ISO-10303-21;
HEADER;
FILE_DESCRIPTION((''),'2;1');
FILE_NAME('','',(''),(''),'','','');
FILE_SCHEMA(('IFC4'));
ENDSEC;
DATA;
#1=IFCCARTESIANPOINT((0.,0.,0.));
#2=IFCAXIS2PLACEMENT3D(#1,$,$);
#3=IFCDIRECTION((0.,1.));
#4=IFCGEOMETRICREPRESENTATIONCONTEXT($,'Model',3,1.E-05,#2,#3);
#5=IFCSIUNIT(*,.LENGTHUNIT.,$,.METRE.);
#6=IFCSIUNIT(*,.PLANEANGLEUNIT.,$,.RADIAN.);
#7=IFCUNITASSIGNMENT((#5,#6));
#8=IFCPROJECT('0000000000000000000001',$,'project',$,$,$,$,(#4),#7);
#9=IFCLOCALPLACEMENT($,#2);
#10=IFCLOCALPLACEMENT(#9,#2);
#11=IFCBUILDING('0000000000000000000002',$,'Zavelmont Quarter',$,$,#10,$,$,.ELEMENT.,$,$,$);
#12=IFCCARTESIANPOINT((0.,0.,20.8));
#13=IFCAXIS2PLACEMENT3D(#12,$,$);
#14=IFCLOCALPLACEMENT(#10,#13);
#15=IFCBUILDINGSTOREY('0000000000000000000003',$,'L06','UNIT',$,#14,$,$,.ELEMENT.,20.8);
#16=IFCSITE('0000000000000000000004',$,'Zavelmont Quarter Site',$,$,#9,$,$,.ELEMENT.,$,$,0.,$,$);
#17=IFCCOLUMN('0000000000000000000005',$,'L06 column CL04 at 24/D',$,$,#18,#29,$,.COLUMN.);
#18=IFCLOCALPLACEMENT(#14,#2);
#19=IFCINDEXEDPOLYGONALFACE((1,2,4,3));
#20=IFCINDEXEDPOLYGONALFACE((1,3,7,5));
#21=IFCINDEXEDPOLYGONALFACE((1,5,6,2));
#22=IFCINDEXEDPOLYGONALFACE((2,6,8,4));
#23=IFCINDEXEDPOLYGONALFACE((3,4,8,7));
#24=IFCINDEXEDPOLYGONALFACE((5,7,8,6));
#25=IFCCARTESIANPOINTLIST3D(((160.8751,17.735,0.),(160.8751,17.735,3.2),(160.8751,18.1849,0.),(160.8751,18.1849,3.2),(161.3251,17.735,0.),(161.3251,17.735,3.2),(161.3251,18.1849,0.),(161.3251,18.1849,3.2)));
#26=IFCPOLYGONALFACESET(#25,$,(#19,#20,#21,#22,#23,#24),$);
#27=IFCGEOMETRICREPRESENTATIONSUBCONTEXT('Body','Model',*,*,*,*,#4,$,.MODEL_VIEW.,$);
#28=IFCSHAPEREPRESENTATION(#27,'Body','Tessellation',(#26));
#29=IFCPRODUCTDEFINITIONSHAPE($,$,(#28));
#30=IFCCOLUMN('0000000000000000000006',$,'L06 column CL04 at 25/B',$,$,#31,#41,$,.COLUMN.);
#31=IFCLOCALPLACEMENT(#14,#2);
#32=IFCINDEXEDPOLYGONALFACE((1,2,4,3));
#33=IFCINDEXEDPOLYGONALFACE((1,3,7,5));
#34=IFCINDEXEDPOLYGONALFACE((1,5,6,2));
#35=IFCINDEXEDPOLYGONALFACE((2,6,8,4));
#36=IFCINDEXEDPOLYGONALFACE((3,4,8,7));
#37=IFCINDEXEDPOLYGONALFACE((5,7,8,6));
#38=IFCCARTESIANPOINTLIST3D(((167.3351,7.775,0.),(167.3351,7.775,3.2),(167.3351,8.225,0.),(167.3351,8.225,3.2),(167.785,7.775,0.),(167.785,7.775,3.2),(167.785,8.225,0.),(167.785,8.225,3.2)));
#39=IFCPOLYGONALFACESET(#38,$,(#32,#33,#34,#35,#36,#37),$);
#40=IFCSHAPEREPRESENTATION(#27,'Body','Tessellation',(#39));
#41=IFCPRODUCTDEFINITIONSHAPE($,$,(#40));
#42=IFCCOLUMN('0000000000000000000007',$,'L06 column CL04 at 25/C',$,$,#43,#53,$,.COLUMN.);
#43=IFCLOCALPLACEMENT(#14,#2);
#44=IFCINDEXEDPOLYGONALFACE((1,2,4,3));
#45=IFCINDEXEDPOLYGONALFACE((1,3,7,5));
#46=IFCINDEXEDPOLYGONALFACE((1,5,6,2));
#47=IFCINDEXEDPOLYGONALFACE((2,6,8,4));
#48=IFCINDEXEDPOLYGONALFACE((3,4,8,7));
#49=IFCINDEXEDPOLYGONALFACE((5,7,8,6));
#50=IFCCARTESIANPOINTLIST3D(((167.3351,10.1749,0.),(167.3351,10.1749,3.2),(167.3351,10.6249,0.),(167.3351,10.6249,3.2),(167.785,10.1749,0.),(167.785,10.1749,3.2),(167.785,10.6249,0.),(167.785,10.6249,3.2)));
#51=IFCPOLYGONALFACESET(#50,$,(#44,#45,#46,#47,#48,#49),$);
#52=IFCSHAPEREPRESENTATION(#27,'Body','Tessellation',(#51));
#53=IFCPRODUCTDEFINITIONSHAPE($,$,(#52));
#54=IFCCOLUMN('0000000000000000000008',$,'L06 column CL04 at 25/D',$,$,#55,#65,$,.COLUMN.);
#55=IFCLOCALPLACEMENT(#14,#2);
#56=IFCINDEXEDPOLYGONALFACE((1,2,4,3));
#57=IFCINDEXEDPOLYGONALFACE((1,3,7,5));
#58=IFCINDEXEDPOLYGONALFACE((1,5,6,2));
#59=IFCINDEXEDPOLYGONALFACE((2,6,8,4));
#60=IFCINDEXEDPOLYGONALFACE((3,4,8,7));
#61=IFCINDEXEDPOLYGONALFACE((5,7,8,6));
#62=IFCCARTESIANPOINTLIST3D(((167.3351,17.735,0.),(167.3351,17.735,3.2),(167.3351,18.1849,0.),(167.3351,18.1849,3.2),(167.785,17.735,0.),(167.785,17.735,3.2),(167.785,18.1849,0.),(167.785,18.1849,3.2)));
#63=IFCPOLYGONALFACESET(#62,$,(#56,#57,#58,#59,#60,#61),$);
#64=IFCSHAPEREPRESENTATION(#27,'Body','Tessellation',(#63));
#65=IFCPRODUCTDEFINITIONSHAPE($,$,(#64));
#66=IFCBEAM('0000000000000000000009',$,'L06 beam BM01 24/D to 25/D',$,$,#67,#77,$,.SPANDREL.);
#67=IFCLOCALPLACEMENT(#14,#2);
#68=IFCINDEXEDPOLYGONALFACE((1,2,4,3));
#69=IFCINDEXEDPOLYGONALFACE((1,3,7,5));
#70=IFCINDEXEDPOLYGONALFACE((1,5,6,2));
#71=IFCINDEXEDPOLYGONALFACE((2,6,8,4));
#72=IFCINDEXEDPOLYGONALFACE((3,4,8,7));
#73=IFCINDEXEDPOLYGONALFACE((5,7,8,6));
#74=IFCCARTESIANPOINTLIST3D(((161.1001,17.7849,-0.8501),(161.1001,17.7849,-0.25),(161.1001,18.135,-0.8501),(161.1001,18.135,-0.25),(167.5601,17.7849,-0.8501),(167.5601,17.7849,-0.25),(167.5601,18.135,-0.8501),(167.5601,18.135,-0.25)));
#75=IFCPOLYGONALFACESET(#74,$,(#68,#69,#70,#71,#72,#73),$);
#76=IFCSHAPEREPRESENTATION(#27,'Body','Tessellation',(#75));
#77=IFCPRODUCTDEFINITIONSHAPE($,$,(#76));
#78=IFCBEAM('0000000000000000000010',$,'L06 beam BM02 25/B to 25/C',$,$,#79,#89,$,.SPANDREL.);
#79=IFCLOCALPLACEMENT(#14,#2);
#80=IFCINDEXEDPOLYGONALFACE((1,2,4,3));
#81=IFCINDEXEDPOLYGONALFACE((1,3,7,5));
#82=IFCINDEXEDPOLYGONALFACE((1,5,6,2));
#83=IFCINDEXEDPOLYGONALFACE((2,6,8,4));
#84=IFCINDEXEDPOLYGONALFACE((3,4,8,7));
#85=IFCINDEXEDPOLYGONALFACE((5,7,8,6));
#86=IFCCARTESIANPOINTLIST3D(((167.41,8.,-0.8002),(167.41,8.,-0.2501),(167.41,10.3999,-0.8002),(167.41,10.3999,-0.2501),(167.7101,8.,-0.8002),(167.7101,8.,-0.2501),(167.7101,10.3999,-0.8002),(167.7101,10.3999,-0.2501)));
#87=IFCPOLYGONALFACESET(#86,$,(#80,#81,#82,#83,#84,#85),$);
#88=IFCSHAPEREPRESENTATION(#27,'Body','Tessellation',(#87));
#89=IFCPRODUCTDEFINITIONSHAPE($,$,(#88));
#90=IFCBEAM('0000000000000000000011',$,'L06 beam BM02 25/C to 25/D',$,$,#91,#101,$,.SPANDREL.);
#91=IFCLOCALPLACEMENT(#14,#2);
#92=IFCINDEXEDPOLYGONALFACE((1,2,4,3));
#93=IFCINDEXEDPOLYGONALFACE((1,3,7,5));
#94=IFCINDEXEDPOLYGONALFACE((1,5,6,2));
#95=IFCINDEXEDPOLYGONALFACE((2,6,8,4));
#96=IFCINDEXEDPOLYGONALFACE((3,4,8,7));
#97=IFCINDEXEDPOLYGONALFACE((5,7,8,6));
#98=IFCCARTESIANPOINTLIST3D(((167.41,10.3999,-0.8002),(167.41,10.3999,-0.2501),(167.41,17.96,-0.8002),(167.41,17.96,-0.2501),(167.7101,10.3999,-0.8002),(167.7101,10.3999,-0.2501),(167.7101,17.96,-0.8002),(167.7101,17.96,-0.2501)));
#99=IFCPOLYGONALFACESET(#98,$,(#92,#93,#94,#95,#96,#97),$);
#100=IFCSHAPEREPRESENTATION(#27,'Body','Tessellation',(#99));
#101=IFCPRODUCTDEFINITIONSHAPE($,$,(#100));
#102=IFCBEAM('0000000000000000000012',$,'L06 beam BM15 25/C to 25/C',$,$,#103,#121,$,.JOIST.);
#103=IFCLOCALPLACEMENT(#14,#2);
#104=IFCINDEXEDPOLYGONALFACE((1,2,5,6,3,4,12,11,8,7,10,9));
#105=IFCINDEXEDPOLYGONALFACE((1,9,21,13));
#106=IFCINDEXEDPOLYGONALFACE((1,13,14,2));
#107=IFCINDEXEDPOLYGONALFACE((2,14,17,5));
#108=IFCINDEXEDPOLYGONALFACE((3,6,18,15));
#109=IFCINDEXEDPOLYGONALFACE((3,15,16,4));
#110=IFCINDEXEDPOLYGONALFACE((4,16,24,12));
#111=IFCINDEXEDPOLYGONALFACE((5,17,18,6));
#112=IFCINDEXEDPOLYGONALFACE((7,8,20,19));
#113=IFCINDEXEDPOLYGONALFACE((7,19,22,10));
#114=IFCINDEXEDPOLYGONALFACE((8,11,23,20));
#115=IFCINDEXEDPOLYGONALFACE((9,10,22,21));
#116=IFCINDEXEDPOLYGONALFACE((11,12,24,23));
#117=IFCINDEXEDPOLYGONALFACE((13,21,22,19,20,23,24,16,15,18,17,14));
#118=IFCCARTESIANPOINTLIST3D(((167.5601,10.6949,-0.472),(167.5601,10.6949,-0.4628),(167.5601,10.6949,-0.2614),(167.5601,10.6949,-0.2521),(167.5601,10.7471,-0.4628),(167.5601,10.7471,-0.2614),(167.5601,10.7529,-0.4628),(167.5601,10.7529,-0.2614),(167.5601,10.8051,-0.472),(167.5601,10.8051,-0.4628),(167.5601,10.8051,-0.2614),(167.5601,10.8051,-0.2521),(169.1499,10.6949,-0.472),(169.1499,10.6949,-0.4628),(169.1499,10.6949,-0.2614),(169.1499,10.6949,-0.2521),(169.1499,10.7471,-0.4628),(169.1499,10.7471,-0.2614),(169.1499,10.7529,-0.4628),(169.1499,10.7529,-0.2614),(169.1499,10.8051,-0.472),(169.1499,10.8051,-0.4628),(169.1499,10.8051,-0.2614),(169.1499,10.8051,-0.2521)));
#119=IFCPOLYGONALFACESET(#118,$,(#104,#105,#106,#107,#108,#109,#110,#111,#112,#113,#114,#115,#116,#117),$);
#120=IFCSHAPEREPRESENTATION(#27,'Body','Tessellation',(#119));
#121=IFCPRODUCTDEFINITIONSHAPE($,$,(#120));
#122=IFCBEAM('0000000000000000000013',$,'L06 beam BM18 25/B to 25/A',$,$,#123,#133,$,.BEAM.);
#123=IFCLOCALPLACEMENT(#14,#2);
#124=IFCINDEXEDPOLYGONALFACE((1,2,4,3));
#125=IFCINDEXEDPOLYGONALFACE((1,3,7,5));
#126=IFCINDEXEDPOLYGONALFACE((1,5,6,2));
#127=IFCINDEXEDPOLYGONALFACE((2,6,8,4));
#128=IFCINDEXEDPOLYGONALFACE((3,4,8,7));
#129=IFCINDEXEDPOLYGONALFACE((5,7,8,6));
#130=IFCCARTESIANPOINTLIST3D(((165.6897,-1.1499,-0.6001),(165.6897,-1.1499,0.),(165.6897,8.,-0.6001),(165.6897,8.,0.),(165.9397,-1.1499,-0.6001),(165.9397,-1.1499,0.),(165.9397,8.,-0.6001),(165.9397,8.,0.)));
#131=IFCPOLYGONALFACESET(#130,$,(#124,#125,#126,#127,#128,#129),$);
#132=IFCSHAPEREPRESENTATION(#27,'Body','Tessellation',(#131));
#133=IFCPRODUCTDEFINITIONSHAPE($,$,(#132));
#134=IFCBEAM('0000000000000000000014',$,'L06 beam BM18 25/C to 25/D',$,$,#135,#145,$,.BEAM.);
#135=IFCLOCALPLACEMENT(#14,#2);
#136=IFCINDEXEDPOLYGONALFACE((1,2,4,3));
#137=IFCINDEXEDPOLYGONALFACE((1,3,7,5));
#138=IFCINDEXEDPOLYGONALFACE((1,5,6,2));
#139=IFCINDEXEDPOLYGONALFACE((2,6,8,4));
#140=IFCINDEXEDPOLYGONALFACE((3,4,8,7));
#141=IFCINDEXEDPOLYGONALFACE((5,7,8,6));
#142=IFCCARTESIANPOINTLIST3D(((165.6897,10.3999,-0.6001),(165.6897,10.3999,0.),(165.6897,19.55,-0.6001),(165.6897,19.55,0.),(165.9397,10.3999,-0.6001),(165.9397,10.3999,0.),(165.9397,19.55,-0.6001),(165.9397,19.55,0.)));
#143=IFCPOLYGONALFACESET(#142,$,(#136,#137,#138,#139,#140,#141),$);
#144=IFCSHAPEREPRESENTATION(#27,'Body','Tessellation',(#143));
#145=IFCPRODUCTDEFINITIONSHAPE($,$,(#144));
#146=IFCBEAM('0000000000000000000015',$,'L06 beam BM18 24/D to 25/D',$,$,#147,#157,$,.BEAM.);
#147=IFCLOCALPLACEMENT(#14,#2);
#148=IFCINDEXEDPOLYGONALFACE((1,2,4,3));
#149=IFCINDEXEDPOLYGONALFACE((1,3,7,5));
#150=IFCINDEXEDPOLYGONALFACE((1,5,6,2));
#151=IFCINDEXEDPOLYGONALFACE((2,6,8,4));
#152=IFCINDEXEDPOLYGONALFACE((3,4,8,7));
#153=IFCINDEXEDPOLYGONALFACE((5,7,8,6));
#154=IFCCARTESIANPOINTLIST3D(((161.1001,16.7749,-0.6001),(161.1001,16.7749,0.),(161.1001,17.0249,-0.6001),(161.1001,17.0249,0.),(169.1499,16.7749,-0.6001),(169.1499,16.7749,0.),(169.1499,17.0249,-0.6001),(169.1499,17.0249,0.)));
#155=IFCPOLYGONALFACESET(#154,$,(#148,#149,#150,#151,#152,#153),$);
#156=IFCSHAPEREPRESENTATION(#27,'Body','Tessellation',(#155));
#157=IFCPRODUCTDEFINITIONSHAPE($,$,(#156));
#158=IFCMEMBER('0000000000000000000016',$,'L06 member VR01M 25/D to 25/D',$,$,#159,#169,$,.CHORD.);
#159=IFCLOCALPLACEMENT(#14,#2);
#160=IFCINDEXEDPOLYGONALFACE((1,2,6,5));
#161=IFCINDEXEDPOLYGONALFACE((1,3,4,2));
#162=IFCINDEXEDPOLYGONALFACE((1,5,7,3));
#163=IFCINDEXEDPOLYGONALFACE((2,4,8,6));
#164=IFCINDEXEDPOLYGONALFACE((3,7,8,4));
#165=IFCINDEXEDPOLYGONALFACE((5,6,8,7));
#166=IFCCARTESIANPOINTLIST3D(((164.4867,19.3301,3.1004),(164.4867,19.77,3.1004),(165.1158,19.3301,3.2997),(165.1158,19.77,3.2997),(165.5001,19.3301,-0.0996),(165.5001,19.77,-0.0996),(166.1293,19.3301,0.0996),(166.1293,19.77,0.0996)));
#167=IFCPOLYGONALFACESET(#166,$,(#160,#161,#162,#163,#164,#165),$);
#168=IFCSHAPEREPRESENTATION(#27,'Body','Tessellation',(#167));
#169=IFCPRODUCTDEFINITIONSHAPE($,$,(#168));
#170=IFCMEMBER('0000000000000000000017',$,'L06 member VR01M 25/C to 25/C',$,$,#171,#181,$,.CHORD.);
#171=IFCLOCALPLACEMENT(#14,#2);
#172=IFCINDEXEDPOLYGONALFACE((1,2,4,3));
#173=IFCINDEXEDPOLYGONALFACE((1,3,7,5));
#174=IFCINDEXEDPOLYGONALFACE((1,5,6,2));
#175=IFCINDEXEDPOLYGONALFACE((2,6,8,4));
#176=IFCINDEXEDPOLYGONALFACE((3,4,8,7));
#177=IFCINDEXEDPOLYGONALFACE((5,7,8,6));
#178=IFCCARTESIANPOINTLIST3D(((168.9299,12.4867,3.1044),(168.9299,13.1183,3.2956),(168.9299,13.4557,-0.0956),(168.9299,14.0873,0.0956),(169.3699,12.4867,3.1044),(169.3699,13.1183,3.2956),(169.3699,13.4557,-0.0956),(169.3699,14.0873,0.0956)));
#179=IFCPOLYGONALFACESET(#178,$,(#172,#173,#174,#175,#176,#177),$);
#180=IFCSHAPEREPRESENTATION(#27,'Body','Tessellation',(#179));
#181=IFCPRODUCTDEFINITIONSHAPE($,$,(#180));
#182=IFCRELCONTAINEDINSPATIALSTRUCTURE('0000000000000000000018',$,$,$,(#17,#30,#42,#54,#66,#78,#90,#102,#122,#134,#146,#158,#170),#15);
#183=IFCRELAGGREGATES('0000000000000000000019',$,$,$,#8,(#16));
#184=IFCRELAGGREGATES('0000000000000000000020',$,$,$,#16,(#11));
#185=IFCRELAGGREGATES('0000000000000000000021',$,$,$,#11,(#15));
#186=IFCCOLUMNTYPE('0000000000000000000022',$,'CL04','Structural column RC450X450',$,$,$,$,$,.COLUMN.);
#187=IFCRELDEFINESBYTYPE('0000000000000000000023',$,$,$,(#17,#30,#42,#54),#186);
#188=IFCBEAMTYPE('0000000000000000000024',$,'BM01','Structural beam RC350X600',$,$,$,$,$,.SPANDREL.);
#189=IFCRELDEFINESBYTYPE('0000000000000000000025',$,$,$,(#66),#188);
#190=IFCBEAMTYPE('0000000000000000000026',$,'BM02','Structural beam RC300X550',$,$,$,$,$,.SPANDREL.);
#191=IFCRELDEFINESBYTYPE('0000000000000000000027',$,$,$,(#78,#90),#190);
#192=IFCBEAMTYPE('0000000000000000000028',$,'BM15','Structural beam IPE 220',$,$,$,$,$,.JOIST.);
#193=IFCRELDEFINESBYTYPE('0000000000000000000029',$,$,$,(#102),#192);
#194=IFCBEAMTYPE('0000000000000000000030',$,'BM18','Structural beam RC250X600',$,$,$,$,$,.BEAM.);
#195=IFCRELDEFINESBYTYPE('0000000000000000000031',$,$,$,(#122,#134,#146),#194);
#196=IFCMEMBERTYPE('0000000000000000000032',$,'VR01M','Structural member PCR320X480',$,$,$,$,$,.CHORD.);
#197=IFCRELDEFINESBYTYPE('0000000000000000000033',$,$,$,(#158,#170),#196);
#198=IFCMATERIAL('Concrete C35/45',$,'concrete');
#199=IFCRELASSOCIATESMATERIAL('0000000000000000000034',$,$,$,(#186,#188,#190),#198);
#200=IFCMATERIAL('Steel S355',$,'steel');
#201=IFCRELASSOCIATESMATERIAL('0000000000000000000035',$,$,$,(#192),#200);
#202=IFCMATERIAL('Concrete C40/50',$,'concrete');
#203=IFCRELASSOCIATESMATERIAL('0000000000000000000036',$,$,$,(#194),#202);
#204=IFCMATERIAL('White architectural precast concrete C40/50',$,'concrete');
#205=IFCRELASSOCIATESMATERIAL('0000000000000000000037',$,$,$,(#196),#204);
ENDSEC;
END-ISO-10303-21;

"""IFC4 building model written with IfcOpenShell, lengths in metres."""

from ifc_helpers import new_model, si_unit, direction, frame, origin, origin_2d, place, context, subcontext, project, spatial, rectangle, i_section, extrude, material, material_profile, profile_set, type_object, element, save


model = new_model("IFC4")

# Units and contexts
model_context = context("Model", 3, precision=1e-05, world=origin(), true_north=direction((0.0, 1.0)))
body_context = subcontext(model_context, "Body", "Model", "MODEL_VIEW")
ifc_project = project(units=[si_unit("LENGTHUNIT", "METRE"), si_unit("PLANEANGLEUNIT", "RADIAN")], contexts=[model_context])

# Site, building, storey
site_placement = place(None, origin())
site = spatial("IfcSite", under=ifc_project, at=site_placement, Name="Zavelmont Quarter Site", CompositionType="ELEMENT", RefElevation=0.0)
building_placement = place(site_placement, origin())
building = spatial("IfcBuilding", under=site, at=building_placement, Name="Zavelmont Quarter", CompositionType="ELEMENT")
storey_placement = place(building_placement, frame((0.0, 0.0, 20.8)))
storey = spatial("IfcBuildingStorey", under=building, at=storey_placement, Name="L06", Description="UNIT", CompositionType="ELEMENT", Elevation=20.8)

# Columns
ifc_material_1 = material(Name="Concrete C35/45", Category="concrete")
ifc_material_profile_1 = material_profile(ifc_material_1, rectangle(XDim=0.45, YDim=0.45, at=origin_2d()), Name="RC450X450")
ifc_profile_set_1 = profile_set([ifc_material_profile_1], Name="Concrete C35/45")
column_type = type_object("IfcColumnType", Name="CL04", Description="Structural column RC450X450", PredefinedType="COLUMN", material=ifc_profile_set_1)
for number, where, z_axis, x_axis, name in (
    (1, (161.1001, 17.96, 0.0), (0.0, 0.0, 1.0), (1.0, 0.0, 0.0), "L06 column CL04 at 24/D"),
    (2, (167.5601, 8.0, 0.0), (0.0, 0.0, 1.0), (1.0, 0.0, 0.0), "L06 column CL04 at 25/B"),
    (3, (167.5601, 10.3999, 0.0), (0.0, 0.0, 1.0), (1.0, 0.0, 0.0), "L06 column CL04 at 25/C"),
    (4, (167.5601, 17.96, 0.0), (0.0, 0.0, 1.0), (1.0, 0.0, 0.0), "L06 column CL04 at 25/D"),
):
    element("IfcColumn", number, at=place(storey_placement, frame(where, z_axis=z_axis, x_axis=x_axis)), inside=storey, type_object=column_type, Name=name, PredefinedType="COLUMN", context=body_context, shape_type="SweptSolid", body=[
        extrude(rectangle(XDim=0.45, YDim=0.45, at=origin_2d()), origin(), (0.0, 0.0, 1.0), 3.2),
    ])

# Beams
ifc_material_profile_2 = material_profile(ifc_material_1, rectangle(XDim=0.3501, YDim=0.6001, at=origin_2d()), Name="RC350X600")
ifc_profile_set_2 = profile_set([ifc_material_profile_2], Name="Concrete C35/45")
beam_type_1 = type_object("IfcBeamType", Name="BM01", Description="Structural beam RC350X600", PredefinedType="SPANDREL", material=ifc_profile_set_2)
beam_1_placement = place(storey_placement, frame((161.1001, 17.96, -0.55), z_axis=(1.0, 0.0, 0.0), x_axis=(0.0, 1.0, 0.0)))
element("IfcBeam", 5, at=beam_1_placement, inside=storey, type_object=beam_type_1, Name="L06 beam BM01 24/D to 25/D", PredefinedType="SPANDREL", context=body_context, shape_type="SweptSolid", body=[
    extrude(rectangle(XDim=0.3501, YDim=0.6001, at=origin_2d()), origin(), (0.0, 0.0, 1.0), 6.46),
])
ifc_material_profile_3 = material_profile(ifc_material_1, rectangle(XDim=0.3, YDim=0.55, at=origin_2d()), Name="RC300X550")
ifc_profile_set_3 = profile_set([ifc_material_profile_3], Name="Concrete C35/45")
beam_type_2 = type_object("IfcBeamType", Name="BM02", Description="Structural beam RC300X550", PredefinedType="SPANDREL", material=ifc_profile_set_3)
beam_2_placement = place(storey_placement, frame((167.5601, 8.0, -0.5251), z_axis=(0.0, 1.0, 0.0), x_axis=(-1.0, 0.0, 0.0)))
element("IfcBeam", 6, at=beam_2_placement, inside=storey, type_object=beam_type_2, Name="L06 beam BM02 25/B to 25/C", PredefinedType="SPANDREL", context=body_context, shape_type="SweptSolid", body=[
    extrude(rectangle(XDim=0.3, YDim=0.55, at=origin_2d()), origin(), (0.0, 0.0, 1.0), 2.3999),
])
beam_3_placement = place(storey_placement, frame((167.5601, 10.3999, -0.5251), z_axis=(0.0, 1.0, 0.0), x_axis=(-1.0, 0.0, 0.0)))
element("IfcBeam", 7, at=beam_3_placement, inside=storey, type_object=beam_type_2, Name="L06 beam BM02 25/C to 25/D", PredefinedType="SPANDREL", context=body_context, shape_type="SweptSolid", body=[
    extrude(rectangle(XDim=0.3, YDim=0.55, at=origin_2d()), origin(), (0.0, 0.0, 1.0), 7.5601),
])
ifc_material_2 = material(Name="Steel S355", Category="steel")
ifc_material_profile_4 = material_profile(ifc_material_2, i_section(OverallWidth=0.1101, OverallDepth=0.22, WebThickness=0.0059, FlangeThickness=0.0093, at=origin_2d()), Name="IPE 220")
ifc_profile_set_4 = profile_set([ifc_material_profile_4], Name="Steel S355")
beam_type_3 = type_object("IfcBeamType", Name="BM15", Description="Structural beam IPE 220", PredefinedType="JOIST", material=ifc_profile_set_4)
beam_4_placement = place(storey_placement, frame((167.5601, 10.75, -0.3621), z_axis=(1.0, 0.0, 0.0), x_axis=(0.0, 1.0, 0.0)))
element("IfcBeam", 8, at=beam_4_placement, inside=storey, type_object=beam_type_3, Name="L06 beam BM15 25/C to 25/C", PredefinedType="JOIST", context=body_context, shape_type="SweptSolid", body=[
    extrude(i_section(OverallWidth=0.1101, OverallDepth=0.22, WebThickness=0.0059, FlangeThickness=0.0093, at=origin_2d()), origin(), (0.0, 0.0, 1.0), 1.5898),
])
ifc_material_3 = material(Name="Concrete C40/50", Category="concrete")
ifc_material_profile_5 = material_profile(ifc_material_3, rectangle(XDim=0.25, YDim=0.6001, at=origin_2d()), Name="RC250X600")
ifc_profile_set_5 = profile_set([ifc_material_profile_5], Name="Concrete C40/50")
beam_type_4 = type_object("IfcBeamType", Name="BM18", Description="Structural beam RC250X600", PredefinedType="BEAM", material=ifc_profile_set_5)
beam_5_placement = place(storey_placement, frame((165.8147, 8.0, -0.3), z_axis=(0.0, -1.0, 0.0), x_axis=(1.0, 0.0, 0.0)))
element("IfcBeam", 9, at=beam_5_placement, inside=storey, type_object=beam_type_4, Name="L06 beam BM18 25/B to 25/A", PredefinedType="BEAM", context=body_context, shape_type="SweptSolid", body=[
    extrude(rectangle(XDim=0.25, YDim=0.6001, at=origin_2d()), origin(), (0.0, 0.0, 1.0), 9.1499),
])
beam_6_placement = place(storey_placement, frame((165.8147, 10.3999, -0.3), z_axis=(0.0, 1.0, 0.0), x_axis=(-1.0, 0.0, 0.0)))
element("IfcBeam", 10, at=beam_6_placement, inside=storey, type_object=beam_type_4, Name="L06 beam BM18 25/C to 25/D", PredefinedType="BEAM", context=body_context, shape_type="SweptSolid", body=[
    extrude(rectangle(XDim=0.25, YDim=0.6001, at=origin_2d()), origin(), (0.0, 0.0, 1.0), 9.1501),
])
beam_7_placement = place(storey_placement, frame((161.1001, 16.8999, -0.3), z_axis=(1.0, 0.0, 0.0), x_axis=(0.0, 1.0, 0.0)))
element("IfcBeam", 11, at=beam_7_placement, inside=storey, type_object=beam_type_4, Name="L06 beam BM18 24/D to 25/D", PredefinedType="BEAM", context=body_context, shape_type="SweptSolid", body=[
    extrude(rectangle(XDim=0.25, YDim=0.6001, at=origin_2d()), origin(), (0.0, 0.0, 1.0), 8.0498),
])

# Members
ifc_material_4 = material(Name="White architectural precast concrete C40/50", Category="concrete")
ifc_material_profile_6 = material_profile(ifc_material_4, rectangle(XDim=0.4399, YDim=0.6599, at=origin_2d()), Name="PCR320X480")
ifc_profile_set_6 = profile_set([ifc_material_profile_6], Name="White architectural precast concrete C40/50")
member_type = type_object("IfcMemberType", Name="VR01M", Description="Structural member PCR320X480", PredefinedType="CHORD", material=ifc_profile_set_6)
member_1_placement = place(storey_placement, frame((165.8147, 19.55, 0.0), z_axis=(-0.301921, 0.0, 0.953333), x_axis=(0.0, -1.0, 0.0)))
element("IfcMember", 12, at=member_1_placement, inside=storey, type_object=member_type, Name="L06 member VR01M 25/D to 25/D", PredefinedType="CHORD", context=body_context, shape_type="SweptSolid", body=[
    extrude(rectangle(XDim=0.4399, YDim=0.6599, at=origin_2d()), origin(), (0.0, 0.0, 1.0), 3.3567),
])
member_2_placement = place(storey_placement, frame((169.1499, 13.7715, 0.0), z_axis=(0.0, -0.289819, 0.957082), x_axis=(1.0, 0.0, 0.0)))
element("IfcMember", 13, at=member_2_placement, inside=storey, type_object=member_type, Name="L06 member VR01M 25/C to 25/C", PredefinedType="CHORD", context=body_context, shape_type="SweptSolid", body=[
    extrude(rectangle(XDim=0.4399, YDim=0.6599, at=origin_2d()), origin(), (0.0, 0.0, 1.0), 3.3435),
])

save(model, "model.ifc")
